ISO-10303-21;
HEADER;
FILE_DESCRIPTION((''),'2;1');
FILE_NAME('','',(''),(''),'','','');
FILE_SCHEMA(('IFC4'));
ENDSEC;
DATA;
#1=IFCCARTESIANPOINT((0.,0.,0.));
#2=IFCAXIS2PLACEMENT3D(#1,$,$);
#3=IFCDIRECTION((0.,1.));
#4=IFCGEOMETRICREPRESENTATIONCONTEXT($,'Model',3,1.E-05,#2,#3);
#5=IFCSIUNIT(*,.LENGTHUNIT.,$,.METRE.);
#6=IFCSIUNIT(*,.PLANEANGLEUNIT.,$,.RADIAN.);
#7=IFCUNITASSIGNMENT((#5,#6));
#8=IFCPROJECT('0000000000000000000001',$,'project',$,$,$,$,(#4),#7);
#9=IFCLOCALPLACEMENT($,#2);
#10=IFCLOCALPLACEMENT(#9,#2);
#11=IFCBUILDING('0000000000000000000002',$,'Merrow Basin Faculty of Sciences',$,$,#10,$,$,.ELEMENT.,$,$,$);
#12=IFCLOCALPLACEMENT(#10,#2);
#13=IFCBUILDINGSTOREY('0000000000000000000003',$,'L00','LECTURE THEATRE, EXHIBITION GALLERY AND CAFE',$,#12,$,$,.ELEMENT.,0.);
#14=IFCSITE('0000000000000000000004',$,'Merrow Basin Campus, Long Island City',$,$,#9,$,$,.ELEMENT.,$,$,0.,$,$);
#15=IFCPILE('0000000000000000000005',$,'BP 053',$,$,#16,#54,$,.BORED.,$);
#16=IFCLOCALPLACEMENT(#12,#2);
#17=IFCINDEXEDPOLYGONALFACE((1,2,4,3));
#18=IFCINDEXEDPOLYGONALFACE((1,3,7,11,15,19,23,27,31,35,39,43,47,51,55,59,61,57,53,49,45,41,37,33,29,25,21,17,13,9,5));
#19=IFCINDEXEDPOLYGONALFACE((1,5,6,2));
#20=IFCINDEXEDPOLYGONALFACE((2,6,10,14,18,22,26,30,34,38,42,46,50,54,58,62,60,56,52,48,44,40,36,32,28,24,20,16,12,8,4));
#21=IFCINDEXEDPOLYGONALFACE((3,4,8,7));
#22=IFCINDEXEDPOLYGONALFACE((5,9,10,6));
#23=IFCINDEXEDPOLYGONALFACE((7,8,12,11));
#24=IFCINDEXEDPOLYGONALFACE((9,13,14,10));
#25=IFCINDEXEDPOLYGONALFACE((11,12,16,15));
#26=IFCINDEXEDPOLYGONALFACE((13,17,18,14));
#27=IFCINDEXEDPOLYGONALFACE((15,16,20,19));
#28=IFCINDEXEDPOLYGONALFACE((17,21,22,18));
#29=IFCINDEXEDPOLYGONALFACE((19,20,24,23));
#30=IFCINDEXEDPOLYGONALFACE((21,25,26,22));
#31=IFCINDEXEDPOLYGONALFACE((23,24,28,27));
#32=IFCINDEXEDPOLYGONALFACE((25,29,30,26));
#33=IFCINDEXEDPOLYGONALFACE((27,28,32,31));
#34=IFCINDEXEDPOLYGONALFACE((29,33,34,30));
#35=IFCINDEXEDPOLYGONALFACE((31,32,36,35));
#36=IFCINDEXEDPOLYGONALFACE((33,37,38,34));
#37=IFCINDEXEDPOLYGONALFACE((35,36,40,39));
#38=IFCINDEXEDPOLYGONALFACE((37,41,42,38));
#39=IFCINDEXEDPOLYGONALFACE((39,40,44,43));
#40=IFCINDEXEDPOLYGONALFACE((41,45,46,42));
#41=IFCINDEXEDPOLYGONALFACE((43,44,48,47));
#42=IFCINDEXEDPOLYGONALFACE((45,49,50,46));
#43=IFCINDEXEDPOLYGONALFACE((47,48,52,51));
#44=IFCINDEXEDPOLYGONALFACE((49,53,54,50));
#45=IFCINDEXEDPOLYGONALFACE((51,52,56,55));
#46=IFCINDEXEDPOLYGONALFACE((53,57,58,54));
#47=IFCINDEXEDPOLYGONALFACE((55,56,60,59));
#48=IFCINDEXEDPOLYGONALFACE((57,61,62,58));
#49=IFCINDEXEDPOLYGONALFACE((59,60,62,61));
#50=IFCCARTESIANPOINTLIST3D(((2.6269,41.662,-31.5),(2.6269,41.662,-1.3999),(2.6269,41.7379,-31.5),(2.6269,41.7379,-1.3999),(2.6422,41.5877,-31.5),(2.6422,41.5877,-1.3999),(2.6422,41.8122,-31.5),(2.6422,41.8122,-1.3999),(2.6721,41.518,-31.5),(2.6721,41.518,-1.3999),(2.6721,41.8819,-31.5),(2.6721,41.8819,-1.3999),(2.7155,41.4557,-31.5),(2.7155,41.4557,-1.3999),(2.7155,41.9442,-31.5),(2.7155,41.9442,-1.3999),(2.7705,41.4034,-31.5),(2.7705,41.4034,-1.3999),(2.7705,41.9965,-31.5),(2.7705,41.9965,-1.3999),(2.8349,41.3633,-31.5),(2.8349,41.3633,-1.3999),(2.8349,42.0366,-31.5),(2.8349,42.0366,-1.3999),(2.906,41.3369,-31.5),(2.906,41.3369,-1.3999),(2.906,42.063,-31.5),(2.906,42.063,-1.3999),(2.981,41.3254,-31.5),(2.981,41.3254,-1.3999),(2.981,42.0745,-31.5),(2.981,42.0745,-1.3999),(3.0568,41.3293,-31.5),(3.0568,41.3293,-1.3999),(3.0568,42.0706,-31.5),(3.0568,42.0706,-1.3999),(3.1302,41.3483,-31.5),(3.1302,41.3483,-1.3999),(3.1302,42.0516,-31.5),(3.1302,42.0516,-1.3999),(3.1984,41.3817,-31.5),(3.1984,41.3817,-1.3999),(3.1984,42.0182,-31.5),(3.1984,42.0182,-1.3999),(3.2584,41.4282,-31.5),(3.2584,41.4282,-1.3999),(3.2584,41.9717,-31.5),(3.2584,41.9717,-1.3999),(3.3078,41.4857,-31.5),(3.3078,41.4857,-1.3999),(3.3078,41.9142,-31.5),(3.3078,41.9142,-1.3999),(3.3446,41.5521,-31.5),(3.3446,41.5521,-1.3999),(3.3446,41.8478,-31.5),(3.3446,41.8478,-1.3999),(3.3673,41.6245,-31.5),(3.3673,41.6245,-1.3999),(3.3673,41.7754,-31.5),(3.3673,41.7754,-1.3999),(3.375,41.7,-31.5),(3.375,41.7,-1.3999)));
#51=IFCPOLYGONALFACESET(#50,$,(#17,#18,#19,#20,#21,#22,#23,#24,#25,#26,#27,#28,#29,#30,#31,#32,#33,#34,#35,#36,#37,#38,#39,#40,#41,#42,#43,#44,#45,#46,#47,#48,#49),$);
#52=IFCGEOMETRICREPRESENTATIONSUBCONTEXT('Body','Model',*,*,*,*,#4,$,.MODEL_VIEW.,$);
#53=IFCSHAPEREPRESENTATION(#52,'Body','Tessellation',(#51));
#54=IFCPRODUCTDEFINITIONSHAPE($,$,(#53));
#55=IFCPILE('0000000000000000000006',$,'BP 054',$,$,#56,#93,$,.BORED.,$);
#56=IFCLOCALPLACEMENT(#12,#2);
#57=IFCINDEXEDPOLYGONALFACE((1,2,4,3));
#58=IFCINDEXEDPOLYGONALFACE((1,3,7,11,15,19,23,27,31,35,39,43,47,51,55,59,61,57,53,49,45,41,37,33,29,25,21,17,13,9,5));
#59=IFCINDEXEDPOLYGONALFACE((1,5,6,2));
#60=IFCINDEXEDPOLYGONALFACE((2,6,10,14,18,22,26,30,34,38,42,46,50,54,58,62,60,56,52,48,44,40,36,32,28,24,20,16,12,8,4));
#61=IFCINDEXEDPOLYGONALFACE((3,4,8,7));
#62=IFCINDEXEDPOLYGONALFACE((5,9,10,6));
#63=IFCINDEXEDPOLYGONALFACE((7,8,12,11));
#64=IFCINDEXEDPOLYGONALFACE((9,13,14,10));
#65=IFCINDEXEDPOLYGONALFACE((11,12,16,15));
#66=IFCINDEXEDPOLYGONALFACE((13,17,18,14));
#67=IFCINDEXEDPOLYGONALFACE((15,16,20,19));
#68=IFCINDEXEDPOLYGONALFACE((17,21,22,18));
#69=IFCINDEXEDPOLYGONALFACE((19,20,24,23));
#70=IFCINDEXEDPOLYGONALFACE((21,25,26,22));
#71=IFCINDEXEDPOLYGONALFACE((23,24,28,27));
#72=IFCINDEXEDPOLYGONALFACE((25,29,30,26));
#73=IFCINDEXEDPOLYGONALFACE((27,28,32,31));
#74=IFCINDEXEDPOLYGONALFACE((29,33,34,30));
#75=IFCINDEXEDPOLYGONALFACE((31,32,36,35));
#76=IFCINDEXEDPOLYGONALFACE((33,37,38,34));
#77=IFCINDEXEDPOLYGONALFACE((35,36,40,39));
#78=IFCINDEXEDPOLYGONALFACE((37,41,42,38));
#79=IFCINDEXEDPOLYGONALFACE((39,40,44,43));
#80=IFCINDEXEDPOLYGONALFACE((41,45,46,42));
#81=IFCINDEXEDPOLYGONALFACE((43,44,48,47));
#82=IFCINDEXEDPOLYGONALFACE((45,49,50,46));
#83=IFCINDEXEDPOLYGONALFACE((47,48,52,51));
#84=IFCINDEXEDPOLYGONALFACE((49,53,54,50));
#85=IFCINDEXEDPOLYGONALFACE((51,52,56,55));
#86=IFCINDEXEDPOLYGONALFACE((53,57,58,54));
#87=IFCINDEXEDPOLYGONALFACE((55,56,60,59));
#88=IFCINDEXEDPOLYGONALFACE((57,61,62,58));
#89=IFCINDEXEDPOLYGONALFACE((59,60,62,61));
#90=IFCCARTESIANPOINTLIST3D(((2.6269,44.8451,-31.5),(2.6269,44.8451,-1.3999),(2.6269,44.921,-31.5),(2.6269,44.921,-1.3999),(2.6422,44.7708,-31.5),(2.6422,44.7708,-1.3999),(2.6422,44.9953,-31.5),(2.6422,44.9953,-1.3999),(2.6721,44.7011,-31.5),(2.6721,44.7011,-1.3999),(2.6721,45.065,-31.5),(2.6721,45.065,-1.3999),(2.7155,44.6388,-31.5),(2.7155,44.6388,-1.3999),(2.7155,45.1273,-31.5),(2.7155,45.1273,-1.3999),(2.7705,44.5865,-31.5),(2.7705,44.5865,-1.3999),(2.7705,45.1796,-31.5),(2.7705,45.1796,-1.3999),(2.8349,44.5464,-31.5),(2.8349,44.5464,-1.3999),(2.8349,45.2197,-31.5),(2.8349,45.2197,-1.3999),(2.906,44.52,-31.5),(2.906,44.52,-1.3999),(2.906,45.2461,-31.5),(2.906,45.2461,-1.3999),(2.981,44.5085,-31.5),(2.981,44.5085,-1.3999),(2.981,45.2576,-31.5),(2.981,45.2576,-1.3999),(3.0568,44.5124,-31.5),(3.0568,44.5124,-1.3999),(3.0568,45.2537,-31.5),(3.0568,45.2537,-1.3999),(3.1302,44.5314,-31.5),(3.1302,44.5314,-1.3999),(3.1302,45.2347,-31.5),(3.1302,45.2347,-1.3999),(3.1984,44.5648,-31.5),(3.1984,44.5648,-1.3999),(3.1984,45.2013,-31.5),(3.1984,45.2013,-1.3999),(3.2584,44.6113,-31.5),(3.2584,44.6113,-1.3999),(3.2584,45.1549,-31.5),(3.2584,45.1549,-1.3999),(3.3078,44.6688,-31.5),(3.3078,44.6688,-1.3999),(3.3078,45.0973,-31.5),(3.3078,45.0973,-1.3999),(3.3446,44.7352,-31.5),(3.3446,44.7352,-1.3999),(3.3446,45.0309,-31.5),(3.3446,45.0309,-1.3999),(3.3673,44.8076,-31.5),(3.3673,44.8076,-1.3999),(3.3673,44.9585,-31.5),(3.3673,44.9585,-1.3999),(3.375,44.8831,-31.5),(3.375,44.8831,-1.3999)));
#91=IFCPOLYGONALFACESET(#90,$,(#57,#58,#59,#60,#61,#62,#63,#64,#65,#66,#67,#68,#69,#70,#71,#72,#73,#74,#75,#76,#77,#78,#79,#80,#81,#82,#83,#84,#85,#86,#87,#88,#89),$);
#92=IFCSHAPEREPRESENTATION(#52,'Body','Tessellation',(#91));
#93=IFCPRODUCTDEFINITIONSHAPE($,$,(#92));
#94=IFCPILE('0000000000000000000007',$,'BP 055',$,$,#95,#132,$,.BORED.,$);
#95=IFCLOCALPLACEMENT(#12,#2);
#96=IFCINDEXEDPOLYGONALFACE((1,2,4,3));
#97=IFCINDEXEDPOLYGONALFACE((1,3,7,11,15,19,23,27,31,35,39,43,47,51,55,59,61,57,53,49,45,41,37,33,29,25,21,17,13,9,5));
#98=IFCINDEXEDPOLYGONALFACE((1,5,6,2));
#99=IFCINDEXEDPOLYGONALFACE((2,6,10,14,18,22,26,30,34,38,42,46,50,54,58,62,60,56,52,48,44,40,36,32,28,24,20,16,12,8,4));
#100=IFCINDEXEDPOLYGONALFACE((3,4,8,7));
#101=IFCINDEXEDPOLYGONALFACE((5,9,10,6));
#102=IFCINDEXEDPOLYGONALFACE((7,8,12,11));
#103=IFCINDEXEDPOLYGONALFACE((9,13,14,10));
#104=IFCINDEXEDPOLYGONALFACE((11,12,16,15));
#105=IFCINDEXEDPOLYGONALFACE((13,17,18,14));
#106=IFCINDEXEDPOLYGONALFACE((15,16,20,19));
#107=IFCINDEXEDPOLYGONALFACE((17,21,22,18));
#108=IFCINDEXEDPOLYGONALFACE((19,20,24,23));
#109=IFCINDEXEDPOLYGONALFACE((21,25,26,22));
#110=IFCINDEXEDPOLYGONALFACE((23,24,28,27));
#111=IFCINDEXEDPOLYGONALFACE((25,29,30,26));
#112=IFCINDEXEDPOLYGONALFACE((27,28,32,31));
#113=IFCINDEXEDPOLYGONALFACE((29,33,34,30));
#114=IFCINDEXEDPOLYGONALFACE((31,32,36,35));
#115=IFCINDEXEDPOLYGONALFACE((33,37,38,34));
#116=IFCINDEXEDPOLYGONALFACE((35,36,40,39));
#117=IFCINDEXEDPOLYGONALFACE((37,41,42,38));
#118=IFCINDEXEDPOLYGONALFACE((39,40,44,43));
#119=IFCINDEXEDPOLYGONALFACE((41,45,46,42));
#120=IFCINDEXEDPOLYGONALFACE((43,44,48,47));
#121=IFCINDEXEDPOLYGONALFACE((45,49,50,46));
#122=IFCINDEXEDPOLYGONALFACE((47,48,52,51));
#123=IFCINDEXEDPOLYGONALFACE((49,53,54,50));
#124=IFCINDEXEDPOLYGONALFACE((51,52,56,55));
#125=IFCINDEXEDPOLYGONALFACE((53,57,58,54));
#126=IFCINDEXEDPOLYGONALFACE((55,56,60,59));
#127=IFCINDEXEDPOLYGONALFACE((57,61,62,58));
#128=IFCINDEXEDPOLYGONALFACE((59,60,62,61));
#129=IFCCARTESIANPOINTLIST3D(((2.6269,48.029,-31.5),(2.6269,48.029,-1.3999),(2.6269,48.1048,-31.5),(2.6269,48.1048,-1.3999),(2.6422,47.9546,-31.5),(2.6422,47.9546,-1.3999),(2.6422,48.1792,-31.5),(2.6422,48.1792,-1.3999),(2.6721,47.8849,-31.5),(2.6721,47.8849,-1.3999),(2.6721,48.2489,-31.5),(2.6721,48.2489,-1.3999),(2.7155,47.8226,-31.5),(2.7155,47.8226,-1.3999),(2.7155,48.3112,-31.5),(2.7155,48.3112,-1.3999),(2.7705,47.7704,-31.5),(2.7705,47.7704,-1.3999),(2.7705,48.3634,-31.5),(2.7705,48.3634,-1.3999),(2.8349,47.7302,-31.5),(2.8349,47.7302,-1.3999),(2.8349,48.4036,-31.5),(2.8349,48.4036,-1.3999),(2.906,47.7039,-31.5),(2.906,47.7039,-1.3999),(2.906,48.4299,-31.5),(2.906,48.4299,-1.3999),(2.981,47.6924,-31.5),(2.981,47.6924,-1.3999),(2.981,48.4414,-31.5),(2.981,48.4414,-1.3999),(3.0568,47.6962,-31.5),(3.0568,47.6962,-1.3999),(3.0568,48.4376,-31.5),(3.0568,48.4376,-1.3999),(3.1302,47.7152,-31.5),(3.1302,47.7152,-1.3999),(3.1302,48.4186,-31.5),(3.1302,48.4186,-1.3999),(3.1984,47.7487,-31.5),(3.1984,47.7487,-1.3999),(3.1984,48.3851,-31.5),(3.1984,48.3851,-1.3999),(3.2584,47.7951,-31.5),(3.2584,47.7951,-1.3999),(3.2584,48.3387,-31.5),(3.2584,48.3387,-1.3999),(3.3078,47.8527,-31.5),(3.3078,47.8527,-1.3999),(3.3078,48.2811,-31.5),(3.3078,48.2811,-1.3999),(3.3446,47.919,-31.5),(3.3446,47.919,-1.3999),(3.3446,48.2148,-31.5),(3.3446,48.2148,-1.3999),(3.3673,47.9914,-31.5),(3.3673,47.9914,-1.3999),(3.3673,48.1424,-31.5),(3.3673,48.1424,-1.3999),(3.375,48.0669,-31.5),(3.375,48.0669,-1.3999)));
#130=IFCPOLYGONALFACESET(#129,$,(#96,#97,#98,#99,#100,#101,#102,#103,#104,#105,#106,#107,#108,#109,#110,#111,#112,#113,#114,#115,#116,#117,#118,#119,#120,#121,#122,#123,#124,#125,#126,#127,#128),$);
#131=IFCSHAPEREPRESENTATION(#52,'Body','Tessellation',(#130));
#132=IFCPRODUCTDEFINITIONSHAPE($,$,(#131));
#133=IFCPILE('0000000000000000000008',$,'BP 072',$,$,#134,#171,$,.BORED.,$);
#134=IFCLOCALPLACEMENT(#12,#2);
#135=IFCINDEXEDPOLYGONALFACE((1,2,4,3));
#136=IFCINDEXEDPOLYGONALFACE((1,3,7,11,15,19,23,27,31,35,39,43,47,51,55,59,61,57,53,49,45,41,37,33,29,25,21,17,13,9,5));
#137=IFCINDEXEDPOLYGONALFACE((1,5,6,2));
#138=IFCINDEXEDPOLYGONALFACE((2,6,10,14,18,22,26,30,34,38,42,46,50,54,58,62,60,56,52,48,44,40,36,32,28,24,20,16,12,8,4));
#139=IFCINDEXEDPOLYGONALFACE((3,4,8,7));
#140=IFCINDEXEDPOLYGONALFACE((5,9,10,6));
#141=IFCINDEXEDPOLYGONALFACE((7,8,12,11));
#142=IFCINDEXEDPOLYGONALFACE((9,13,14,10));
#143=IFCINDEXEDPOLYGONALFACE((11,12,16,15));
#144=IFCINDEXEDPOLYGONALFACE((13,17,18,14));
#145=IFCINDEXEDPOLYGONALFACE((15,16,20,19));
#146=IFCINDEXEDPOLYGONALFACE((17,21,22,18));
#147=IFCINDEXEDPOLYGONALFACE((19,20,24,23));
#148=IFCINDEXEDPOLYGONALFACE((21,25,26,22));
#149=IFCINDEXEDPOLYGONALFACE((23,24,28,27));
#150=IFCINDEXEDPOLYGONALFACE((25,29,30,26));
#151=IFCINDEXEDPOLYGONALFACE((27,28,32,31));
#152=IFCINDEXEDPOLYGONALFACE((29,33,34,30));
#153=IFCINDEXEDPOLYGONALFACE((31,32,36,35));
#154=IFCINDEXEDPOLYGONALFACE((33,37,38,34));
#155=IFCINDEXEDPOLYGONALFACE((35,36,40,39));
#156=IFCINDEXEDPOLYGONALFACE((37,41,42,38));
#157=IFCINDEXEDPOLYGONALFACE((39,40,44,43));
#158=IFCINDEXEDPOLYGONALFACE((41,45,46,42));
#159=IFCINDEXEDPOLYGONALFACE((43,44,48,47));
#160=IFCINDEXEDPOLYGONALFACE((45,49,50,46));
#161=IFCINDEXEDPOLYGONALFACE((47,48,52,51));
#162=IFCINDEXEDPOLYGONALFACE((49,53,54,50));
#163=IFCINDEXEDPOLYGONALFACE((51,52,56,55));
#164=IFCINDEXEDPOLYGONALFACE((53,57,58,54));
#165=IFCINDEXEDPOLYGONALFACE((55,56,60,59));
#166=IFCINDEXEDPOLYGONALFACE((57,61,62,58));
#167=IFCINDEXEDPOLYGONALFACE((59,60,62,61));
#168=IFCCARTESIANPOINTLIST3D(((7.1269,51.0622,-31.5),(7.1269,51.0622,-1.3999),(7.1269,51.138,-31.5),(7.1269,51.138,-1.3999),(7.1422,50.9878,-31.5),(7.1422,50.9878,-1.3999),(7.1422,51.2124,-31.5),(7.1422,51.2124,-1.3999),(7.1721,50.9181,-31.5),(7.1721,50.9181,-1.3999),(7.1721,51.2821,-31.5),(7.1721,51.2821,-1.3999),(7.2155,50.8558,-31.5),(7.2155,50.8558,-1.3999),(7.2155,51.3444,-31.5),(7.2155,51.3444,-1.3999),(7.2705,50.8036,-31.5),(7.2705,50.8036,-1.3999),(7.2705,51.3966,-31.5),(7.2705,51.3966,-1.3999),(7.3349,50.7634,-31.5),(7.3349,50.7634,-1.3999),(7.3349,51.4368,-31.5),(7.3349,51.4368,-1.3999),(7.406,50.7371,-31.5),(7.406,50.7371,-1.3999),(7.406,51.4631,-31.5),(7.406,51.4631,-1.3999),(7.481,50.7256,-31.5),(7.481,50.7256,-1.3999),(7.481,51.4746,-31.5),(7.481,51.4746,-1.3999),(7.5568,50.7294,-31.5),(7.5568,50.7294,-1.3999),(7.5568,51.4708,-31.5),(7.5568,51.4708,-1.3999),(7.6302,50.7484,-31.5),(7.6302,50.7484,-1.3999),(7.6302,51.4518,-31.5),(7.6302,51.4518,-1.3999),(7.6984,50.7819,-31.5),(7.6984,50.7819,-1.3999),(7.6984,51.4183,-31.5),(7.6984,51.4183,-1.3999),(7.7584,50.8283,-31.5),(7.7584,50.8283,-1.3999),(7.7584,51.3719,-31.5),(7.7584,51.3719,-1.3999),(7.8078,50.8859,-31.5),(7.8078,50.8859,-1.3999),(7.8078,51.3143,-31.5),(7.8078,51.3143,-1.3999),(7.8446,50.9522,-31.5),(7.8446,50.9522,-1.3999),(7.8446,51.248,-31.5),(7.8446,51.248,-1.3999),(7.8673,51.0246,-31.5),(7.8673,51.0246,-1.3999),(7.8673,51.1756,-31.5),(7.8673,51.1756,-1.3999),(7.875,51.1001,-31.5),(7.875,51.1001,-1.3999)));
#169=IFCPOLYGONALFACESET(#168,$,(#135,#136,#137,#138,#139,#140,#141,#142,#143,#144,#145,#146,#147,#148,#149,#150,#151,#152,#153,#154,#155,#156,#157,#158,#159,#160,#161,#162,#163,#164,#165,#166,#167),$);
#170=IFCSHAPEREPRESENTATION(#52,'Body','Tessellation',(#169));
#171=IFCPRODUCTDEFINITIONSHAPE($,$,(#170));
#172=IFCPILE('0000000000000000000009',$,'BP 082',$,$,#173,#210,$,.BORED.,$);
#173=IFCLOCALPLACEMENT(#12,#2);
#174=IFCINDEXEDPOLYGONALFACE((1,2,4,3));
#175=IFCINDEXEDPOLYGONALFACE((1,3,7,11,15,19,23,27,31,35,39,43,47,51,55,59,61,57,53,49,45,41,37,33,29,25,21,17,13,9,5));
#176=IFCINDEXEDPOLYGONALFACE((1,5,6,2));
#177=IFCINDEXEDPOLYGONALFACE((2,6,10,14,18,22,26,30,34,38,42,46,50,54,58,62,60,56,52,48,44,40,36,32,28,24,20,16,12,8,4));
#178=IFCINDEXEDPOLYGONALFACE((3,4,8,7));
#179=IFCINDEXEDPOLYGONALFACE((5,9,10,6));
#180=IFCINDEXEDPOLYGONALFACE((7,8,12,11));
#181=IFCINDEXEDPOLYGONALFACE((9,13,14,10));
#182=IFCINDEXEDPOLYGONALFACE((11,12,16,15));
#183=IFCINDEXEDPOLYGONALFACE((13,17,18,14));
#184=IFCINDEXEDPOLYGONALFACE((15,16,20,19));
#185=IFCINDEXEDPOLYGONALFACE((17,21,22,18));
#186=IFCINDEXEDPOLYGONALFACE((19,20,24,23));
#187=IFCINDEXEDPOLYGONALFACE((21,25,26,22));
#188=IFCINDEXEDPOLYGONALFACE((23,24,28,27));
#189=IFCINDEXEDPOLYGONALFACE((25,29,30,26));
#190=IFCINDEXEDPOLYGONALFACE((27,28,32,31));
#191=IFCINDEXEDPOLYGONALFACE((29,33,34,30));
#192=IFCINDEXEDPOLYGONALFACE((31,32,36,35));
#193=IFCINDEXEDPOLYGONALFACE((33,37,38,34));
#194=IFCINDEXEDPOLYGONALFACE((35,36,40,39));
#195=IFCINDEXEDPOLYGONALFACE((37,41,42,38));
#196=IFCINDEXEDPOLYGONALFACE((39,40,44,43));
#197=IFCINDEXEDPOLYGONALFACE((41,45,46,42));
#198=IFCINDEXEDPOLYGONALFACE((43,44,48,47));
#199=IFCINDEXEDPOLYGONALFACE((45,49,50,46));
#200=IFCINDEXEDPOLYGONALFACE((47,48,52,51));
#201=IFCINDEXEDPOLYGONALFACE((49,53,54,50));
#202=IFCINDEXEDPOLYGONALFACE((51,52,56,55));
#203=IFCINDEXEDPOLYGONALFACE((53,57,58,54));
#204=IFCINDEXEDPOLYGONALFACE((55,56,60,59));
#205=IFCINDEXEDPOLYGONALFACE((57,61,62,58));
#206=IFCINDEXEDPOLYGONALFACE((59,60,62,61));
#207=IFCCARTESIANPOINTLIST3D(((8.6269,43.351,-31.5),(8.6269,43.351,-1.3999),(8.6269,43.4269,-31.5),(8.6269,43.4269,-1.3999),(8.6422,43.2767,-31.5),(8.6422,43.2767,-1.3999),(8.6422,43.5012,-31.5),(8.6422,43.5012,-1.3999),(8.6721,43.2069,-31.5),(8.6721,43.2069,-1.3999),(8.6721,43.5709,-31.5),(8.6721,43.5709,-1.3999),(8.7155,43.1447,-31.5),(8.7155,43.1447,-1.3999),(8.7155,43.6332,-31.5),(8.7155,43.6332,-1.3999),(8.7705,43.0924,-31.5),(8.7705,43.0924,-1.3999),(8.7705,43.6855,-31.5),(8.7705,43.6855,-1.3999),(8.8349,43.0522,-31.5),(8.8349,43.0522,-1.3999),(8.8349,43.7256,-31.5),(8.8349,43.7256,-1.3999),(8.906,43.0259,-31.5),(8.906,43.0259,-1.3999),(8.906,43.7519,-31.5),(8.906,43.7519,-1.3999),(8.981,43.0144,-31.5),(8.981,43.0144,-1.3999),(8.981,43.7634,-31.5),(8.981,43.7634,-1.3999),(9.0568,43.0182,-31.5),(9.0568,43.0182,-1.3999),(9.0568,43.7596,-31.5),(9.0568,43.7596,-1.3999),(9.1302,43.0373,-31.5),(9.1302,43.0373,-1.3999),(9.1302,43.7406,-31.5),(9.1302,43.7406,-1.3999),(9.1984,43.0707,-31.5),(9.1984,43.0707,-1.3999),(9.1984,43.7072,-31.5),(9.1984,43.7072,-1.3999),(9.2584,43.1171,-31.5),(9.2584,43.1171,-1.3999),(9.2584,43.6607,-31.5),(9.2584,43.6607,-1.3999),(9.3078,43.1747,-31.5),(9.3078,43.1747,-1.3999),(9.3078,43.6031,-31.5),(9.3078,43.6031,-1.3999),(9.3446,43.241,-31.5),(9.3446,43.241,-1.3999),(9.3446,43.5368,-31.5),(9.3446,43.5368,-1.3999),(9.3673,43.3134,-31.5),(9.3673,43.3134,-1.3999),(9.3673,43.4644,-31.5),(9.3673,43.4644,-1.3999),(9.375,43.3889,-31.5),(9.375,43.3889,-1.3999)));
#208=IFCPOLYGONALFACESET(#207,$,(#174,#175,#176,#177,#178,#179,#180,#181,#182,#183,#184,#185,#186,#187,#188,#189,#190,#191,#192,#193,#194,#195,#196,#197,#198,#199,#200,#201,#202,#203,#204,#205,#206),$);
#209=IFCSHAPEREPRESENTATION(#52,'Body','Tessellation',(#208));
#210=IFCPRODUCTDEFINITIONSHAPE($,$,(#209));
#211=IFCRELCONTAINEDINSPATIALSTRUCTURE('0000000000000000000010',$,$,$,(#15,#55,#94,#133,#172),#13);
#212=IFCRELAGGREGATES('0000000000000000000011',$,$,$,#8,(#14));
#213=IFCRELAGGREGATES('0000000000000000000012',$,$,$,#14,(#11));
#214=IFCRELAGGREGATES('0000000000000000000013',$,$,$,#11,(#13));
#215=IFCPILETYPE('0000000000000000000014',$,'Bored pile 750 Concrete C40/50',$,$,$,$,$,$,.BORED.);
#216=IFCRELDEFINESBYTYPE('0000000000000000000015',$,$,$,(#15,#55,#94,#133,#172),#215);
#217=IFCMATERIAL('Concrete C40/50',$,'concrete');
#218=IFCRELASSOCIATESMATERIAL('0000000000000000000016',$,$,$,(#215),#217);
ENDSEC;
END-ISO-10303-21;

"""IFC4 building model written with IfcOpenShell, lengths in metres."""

from ifc_helpers import new_model, si_unit, direction, frame, origin, origin_2d, place, context, subcontext, project, spatial, circle, extrude, material, material_profile, profile_set, type_object, element, save


model = new_model("IFC4")

# Units and contexts
model_context = context("Model", 3, precision=1e-05, world=origin(), true_north=direction((0.0, 1.0)))
body_context = subcontext(model_context, "Body", "Model", "MODEL_VIEW")
ifc_project = project(units=[si_unit("LENGTHUNIT", "METRE"), si_unit("PLANEANGLEUNIT", "RADIAN")], contexts=[model_context])

# Site, building, storey
site_placement = place(None, origin())
site = spatial("IfcSite", under=ifc_project, at=site_placement, Name="Merrow Basin Campus, Long Island City", CompositionType="ELEMENT", RefElevation=0.0)
building_placement = place(site_placement, origin())
building = spatial("IfcBuilding", under=site, at=building_placement, Name="Merrow Basin Faculty of Sciences", CompositionType="ELEMENT")
storey_placement = place(building_placement, origin())
storey = spatial("IfcBuildingStorey", under=building, at=storey_placement, Name="L00", Description="LECTURE THEATRE, EXHIBITION GALLERY AND CAFE", CompositionType="ELEMENT", Elevation=0.0)

# Piles
ifc_material_1 = material(Name="Concrete C40/50", Category="concrete")
ifc_material_profile_1 = material_profile(ifc_material_1, circle(Radius=0.375, at=origin_2d()))
ifc_profile_set_1 = profile_set([ifc_material_profile_1], Name="Concrete C40/50")
pile_type_1 = type_object("IfcPileType", Name="Bored pile 750 Concrete C40/50", PredefinedType="BORED", material=ifc_profile_set_1)
for number, where, z_axis, x_axis, name in (
    (1, (3.0, 41.7, -1.3999), (0.0, 0.0, -1.0), (1.0, 0.0, 0.0), "BP 053"),
    (2, (3.0, 44.8831, -1.3999), (0.0, 0.0, -1.0), (1.0, 0.0, 0.0), "BP 054"),
    (3, (3.0, 48.0669, -1.3999), (0.0, 0.0, -1.0), (1.0, 0.0, 0.0), "BP 055"),
    (4, (7.5, 51.1001, -1.3999), (0.0, 0.0, -1.0), (1.0, 0.0, 0.0), "BP 072"),
    (5, (9.0, 43.3889, -1.3999), (0.0, 0.0, -1.0), (1.0, 0.0, 0.0), "BP 082"),
):
    element("IfcPile", number, at=place(storey_placement, frame(where, z_axis=z_axis, x_axis=x_axis)), inside=storey, type_object=pile_type_1, Name=name, PredefinedType="BORED", context=body_context, shape_type="SweptSolid", body=[
        extrude(circle(Radius=0.375, at=origin_2d()), origin(), (0.0, 0.0, 1.0), 30.1001),
    ])

save(model, "model.ifc")
